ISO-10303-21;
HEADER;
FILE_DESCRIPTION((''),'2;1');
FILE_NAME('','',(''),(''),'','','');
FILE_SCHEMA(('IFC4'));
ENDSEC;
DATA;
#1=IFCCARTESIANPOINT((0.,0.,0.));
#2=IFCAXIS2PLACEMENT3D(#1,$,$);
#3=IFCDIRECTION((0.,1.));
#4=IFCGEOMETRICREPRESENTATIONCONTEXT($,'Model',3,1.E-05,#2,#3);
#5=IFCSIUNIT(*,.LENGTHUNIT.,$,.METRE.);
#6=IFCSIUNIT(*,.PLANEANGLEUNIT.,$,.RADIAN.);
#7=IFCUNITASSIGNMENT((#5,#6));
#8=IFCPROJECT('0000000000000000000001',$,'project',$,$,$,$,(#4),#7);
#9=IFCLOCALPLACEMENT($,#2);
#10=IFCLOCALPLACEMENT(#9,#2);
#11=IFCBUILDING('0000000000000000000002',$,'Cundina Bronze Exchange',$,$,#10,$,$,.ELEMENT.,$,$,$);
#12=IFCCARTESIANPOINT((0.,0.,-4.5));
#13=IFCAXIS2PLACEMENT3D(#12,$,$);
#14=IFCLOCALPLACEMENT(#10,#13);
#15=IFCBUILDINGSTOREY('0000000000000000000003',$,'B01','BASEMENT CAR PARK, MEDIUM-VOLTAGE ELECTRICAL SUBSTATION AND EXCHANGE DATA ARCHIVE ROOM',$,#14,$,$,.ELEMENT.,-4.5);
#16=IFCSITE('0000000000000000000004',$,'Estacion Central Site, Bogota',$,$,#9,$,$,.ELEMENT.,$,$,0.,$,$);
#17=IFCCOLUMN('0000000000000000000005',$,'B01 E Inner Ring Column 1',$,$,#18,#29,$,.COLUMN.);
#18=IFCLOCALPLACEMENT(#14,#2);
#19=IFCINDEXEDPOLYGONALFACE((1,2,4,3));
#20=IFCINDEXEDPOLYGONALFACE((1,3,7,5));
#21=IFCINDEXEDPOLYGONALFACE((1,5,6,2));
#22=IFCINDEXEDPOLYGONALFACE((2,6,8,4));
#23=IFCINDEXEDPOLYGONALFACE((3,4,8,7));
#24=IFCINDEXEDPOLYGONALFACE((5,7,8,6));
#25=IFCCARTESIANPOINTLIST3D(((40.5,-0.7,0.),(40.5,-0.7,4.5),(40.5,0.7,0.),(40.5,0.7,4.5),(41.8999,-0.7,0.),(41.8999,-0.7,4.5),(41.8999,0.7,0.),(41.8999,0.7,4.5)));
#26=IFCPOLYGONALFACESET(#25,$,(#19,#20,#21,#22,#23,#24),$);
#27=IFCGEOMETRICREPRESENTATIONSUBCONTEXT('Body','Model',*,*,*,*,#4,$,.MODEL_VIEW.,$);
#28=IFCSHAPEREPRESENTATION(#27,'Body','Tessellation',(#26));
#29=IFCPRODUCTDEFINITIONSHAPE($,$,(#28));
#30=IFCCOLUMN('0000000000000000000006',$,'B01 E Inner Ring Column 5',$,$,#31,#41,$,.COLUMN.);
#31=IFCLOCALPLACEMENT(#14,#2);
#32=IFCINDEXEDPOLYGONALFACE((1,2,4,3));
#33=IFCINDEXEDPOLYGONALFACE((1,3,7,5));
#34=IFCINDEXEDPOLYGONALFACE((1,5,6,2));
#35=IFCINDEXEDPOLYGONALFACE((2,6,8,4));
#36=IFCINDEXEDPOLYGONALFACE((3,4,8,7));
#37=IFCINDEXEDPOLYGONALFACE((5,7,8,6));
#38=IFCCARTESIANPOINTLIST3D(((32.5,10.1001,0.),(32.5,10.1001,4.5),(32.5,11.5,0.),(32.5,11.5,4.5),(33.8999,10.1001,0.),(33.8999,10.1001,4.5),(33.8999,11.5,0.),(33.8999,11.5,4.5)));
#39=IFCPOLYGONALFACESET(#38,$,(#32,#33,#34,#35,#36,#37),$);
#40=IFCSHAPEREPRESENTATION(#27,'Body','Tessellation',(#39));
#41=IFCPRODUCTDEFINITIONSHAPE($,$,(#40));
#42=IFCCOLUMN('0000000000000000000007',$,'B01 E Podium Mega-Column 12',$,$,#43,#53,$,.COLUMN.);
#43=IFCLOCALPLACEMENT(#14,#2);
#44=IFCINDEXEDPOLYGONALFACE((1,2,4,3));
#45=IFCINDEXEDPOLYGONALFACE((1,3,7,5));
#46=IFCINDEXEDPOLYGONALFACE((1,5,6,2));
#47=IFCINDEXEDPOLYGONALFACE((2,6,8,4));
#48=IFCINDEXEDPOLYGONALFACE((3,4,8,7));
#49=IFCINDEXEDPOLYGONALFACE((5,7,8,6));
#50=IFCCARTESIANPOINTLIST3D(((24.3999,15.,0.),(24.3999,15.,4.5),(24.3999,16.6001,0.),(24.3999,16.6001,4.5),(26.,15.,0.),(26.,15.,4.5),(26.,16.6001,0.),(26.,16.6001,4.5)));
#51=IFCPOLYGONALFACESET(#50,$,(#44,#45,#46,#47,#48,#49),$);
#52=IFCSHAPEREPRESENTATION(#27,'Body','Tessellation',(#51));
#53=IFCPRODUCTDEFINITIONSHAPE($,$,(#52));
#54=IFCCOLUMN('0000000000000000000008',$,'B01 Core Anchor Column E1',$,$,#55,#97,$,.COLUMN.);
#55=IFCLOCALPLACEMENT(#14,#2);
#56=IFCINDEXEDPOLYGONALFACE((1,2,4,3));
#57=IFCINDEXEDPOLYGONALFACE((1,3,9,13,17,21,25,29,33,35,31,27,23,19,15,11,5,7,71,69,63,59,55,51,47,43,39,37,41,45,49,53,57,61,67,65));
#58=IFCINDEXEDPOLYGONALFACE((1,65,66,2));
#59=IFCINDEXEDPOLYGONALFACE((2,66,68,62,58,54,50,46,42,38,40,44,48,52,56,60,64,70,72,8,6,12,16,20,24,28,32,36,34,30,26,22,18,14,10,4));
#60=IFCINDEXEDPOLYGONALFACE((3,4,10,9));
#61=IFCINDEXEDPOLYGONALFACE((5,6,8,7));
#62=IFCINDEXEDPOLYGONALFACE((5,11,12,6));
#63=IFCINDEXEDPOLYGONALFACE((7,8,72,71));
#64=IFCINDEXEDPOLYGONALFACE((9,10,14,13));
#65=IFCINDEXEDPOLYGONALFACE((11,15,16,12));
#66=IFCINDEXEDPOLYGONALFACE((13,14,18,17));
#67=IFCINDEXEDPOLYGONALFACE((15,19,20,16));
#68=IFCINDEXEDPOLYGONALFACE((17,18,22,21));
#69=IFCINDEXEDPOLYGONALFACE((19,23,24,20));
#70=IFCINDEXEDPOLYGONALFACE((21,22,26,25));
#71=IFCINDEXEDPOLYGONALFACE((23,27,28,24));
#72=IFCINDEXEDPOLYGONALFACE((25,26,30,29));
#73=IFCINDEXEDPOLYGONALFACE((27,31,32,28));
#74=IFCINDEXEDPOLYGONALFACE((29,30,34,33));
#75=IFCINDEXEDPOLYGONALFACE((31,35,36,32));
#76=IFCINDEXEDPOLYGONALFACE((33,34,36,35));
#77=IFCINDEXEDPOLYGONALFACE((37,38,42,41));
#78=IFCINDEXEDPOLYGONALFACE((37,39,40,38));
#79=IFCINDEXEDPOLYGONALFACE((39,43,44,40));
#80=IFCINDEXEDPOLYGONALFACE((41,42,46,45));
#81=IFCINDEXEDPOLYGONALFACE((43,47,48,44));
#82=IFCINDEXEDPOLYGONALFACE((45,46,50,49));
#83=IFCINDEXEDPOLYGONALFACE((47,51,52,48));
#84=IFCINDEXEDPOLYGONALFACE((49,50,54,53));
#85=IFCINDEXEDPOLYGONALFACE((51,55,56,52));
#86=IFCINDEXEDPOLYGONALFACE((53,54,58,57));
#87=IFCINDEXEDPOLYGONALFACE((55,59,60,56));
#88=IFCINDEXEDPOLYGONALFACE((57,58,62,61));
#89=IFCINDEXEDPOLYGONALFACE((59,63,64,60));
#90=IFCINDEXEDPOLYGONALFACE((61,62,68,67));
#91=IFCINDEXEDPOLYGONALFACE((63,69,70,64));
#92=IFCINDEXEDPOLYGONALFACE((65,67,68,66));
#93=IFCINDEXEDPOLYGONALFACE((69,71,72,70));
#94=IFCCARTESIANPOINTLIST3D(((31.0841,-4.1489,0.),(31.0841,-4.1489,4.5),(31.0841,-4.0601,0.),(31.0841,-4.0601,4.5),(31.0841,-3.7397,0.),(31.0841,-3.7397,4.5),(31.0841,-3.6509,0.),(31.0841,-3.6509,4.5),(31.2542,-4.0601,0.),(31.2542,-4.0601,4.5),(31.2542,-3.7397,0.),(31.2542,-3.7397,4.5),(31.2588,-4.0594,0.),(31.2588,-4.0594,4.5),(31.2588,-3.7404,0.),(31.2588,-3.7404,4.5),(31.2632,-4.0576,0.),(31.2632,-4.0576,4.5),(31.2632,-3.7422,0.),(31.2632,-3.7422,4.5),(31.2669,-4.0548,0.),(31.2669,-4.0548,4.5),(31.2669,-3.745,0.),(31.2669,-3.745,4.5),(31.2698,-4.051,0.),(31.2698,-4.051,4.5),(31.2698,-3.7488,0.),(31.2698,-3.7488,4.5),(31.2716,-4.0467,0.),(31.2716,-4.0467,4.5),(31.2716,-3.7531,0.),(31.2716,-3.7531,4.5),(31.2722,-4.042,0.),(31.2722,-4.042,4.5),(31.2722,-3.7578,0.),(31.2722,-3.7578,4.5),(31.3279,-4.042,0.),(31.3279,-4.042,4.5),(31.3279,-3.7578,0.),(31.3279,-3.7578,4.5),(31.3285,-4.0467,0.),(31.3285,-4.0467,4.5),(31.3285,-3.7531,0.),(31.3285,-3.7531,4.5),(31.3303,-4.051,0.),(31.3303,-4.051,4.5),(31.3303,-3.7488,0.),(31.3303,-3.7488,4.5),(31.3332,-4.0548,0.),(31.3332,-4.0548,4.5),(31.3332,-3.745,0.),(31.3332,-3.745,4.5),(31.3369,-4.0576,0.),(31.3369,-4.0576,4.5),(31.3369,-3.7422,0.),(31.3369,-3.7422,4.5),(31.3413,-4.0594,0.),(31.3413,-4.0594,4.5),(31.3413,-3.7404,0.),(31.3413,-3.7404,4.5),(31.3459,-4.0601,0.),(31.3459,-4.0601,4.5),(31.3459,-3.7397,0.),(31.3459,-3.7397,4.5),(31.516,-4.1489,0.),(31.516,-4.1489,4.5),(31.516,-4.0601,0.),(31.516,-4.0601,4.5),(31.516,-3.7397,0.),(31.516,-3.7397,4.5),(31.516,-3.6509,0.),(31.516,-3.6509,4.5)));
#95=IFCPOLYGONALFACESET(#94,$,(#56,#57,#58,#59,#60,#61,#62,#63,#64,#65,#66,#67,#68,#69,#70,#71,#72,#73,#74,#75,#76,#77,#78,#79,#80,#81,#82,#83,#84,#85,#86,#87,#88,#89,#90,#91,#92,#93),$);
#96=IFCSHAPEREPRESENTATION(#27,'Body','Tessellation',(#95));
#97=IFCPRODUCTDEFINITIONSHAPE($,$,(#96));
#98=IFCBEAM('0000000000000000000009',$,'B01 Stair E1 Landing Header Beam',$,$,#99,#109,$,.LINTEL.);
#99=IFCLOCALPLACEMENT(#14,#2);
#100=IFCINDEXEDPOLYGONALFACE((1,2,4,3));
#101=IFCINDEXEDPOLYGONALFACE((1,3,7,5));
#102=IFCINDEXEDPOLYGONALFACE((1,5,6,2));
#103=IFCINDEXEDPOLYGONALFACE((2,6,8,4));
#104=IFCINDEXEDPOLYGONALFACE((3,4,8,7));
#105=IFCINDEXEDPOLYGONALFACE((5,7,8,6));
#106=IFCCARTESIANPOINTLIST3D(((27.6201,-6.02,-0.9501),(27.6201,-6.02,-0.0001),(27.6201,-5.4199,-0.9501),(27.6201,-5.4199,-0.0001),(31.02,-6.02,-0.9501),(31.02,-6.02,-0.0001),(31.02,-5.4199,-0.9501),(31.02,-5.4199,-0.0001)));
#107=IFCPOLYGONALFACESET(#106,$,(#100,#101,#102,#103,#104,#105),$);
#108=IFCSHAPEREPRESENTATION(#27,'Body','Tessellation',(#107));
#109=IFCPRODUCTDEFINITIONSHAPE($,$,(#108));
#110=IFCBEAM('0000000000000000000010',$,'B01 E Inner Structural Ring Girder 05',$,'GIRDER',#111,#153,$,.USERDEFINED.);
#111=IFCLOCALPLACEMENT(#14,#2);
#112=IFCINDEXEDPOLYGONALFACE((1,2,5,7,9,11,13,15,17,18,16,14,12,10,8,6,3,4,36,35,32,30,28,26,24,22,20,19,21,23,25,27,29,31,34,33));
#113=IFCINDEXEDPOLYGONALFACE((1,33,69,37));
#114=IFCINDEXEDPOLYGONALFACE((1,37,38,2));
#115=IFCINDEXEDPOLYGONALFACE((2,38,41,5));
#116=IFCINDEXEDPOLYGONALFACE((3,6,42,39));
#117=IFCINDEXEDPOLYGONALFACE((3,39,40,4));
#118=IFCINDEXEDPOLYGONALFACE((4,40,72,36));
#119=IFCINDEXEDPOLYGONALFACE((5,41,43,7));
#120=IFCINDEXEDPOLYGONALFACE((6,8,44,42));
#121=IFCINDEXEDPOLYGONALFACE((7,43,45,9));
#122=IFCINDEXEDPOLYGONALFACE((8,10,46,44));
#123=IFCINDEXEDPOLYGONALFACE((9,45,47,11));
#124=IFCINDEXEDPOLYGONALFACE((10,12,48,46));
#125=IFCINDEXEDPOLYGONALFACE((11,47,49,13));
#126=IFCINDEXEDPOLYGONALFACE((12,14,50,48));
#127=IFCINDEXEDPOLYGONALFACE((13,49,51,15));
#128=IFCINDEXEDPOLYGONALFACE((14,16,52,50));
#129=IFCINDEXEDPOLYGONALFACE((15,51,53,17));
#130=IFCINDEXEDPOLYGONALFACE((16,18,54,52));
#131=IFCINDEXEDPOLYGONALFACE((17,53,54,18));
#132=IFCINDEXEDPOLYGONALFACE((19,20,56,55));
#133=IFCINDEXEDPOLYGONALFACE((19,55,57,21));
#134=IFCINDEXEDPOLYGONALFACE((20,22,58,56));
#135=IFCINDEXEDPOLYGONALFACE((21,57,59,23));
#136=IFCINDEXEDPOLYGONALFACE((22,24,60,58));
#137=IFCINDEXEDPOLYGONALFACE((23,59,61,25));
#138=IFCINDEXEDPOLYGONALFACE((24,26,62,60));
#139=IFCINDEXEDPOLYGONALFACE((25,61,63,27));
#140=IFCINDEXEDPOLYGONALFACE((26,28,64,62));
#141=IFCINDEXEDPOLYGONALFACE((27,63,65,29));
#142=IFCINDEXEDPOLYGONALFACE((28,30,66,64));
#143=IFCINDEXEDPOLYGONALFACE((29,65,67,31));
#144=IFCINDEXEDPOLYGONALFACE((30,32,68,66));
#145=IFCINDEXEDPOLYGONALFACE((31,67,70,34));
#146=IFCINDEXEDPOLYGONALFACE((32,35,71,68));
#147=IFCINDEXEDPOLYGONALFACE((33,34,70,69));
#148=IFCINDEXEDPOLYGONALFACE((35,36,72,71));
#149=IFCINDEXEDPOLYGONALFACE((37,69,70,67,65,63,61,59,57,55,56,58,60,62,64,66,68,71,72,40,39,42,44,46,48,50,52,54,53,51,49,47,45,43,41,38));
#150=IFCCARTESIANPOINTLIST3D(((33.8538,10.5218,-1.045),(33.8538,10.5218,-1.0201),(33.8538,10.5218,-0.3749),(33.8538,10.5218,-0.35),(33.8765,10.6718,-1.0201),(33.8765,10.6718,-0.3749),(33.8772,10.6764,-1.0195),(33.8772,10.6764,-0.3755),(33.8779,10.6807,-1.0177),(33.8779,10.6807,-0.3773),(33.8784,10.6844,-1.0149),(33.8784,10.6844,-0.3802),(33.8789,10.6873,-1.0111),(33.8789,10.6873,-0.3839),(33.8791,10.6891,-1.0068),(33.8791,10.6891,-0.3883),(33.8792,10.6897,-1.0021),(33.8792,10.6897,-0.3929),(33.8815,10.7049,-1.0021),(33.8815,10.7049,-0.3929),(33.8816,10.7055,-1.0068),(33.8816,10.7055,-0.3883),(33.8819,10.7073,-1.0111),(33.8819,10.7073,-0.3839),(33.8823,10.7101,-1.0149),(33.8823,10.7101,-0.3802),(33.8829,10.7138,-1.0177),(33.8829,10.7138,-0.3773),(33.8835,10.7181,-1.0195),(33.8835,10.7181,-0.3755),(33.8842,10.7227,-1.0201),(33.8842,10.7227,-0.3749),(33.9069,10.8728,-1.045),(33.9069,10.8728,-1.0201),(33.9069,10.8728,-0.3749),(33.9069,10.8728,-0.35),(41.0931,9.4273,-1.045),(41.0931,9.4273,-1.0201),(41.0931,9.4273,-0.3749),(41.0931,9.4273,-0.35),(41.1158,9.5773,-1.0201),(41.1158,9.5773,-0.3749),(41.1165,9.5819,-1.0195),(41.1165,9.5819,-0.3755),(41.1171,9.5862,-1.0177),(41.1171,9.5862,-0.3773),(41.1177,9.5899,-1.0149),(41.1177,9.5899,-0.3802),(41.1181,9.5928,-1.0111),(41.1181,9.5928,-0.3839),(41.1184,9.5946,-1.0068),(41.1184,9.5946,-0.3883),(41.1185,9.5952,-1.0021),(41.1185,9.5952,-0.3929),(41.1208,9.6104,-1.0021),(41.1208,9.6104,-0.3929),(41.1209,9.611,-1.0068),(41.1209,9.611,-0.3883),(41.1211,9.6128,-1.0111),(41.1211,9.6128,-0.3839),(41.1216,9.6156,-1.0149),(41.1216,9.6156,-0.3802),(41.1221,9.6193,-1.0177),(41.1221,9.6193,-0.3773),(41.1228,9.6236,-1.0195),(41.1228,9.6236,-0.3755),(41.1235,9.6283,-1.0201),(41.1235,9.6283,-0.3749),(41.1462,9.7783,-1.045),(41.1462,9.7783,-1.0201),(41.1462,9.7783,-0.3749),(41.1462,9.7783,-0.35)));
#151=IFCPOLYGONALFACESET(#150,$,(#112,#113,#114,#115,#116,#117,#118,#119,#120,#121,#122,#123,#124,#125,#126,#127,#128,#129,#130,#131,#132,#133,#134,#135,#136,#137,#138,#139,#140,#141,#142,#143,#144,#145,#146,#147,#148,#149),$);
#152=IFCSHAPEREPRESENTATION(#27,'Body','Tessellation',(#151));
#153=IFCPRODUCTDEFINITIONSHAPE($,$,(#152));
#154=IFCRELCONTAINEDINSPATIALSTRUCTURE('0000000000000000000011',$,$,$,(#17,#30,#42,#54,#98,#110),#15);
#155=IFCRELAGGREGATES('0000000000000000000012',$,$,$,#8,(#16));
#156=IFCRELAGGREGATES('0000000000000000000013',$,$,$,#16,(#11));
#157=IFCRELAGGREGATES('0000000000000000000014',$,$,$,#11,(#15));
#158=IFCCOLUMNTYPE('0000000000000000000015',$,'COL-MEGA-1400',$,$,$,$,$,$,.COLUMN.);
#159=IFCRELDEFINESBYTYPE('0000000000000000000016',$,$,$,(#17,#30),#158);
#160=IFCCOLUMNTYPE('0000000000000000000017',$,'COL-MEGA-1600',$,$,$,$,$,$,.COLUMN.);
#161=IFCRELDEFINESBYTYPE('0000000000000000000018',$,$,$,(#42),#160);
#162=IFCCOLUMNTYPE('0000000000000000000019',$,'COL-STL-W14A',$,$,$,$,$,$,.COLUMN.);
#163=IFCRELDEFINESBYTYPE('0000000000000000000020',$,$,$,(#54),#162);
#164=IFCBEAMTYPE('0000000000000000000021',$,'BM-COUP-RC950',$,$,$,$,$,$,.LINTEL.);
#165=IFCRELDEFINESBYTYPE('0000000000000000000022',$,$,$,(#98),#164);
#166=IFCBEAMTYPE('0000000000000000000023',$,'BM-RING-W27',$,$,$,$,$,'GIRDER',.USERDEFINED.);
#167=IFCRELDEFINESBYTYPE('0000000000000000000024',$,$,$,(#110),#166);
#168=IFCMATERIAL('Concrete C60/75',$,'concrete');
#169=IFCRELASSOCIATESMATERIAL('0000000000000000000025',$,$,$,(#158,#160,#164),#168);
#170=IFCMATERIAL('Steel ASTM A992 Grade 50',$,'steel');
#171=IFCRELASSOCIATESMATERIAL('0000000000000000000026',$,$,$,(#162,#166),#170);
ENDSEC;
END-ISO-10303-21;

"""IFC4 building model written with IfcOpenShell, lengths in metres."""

from ifc_helpers import new_model, si_unit, direction, frame, origin, origin_2d, place, context, subcontext, project, spatial, rectangle, i_section, extrude, material, material_profile, profile_set, type_object, element, save


model = new_model("IFC4")

# Units and contexts
model_context = context("Model", 3, precision=1e-05, world=origin(), true_north=direction((0.0, 1.0)))
body_context = subcontext(model_context, "Body", "Model", "MODEL_VIEW")
ifc_project = project(units=[si_unit("LENGTHUNIT", "METRE"), si_unit("PLANEANGLEUNIT", "RADIAN")], contexts=[model_context])

# Site, building, storey
site_placement = place(None, origin())
site = spatial("IfcSite", under=ifc_project, at=site_placement, Name="Estacion Central Site, Bogota", CompositionType="ELEMENT", RefElevation=0.0)
building_placement = place(site_placement, origin())
building = spatial("IfcBuilding", under=site, at=building_placement, Name="Cundina Bronze Exchange", CompositionType="ELEMENT")
storey_placement = place(building_placement, frame((0.0, 0.0, -4.5)))
storey = spatial("IfcBuildingStorey", under=building, at=storey_placement, Name="B01", Description="BASEMENT CAR PARK, MEDIUM-VOLTAGE ELECTRICAL SUBSTATION AND EXCHANGE DATA ARCHIVE ROOM", CompositionType="ELEMENT", Elevation=-4.5)

# Columns
ifc_material_1 = material(Name="Concrete C60/75", Category="concrete")
ifc_material_profile_1 = material_profile(ifc_material_1, rectangle(XDim=1.3999, YDim=1.3999, at=origin_2d()), Name="RC1400X1400", Category="concrete")
ifc_profile_set_1 = profile_set([ifc_material_profile_1], Name="Concrete C60/75")
column_type_1 = type_object("IfcColumnType", Name="COL-MEGA-1400", PredefinedType="COLUMN", material=ifc_profile_set_1)
for number, where, z_axis, x_axis, name in (
    (1, (41.2, 0.0, 0.0), (0.0, 0.0, 1.0), (1.0, 0.0, 0.0), "B01 E Inner Ring Column 1"),
    (2, (33.2, 10.8, 0.0), (0.0, 0.0, 1.0), (1.0, 0.0, 0.0), "B01 E Inner Ring Column 5"),
):
    element("IfcColumn", number, at=place(storey_placement, frame(where, z_axis=z_axis, x_axis=x_axis)), inside=storey, type_object=column_type_1, Name=name, PredefinedType="COLUMN", context=body_context, shape_type="SweptSolid", body=[
        extrude(rectangle(XDim=1.3999, YDim=1.3999, at=origin_2d()), origin(), (0.0, 0.0, 1.0), 4.5),
    ])
ifc_material_profile_2 = material_profile(ifc_material_1, rectangle(XDim=1.6001, YDim=1.6001, at=origin_2d()), Name="RC1600X1600", Category="concrete")
ifc_profile_set_2 = profile_set([ifc_material_profile_2], Name="Concrete C60/75")
column_type_2 = type_object("IfcColumnType", Name="COL-MEGA-1600", PredefinedType="COLUMN", material=ifc_profile_set_2)
column_1_placement = place(storey_placement, frame((25.2, 15.8, 0.0), z_axis=(0.0, 0.0, 1.0), x_axis=(1.0, 0.0, 0.0)))
element("IfcColumn", 3, at=column_1_placement, inside=storey, type_object=column_type_2, Name="B01 E Podium Mega-Column 12", PredefinedType="COLUMN", context=body_context, shape_type="SweptSolid", body=[
    extrude(rectangle(XDim=1.6001, YDim=1.6001, at=origin_2d()), origin(), (0.0, 0.0, 1.0), 4.5),
])
ifc_material_2 = material(Name="Steel ASTM A992 Grade 50", Category="steel")
ifc_material_profile_3 = material_profile(ifc_material_2, i_section(OverallWidth=0.4319, OverallDepth=0.498, WebThickness=0.0557, FlangeThickness=0.0889, FilletRadius=0.0181, at=origin_2d()), Name="W14X500", Category="steel")
ifc_profile_set_3 = profile_set([ifc_material_profile_3], Name="Steel ASTM A992 Grade 50")
column_type_3 = type_object("IfcColumnType", Name="COL-STL-W14A", PredefinedType="COLUMN", material=ifc_profile_set_3)
column_2_placement = place(storey_placement, frame((31.3, -3.8999, 0.0), z_axis=(0.0, 0.0, 1.0), x_axis=(1.0, 0.0, 0.0)))
element("IfcColumn", 4, at=column_2_placement, inside=storey, type_object=column_type_3, Name="B01 Core Anchor Column E1", PredefinedType="COLUMN", context=body_context, shape_type="SweptSolid", body=[
    extrude(i_section(OverallWidth=0.4319, OverallDepth=0.498, WebThickness=0.0557, FlangeThickness=0.0889, FilletRadius=0.0181, at=origin_2d()), origin(), (0.0, 0.0, 1.0), 4.5),
])

# Beams
ifc_material_profile_4 = material_profile(ifc_material_1, rectangle(XDim=0.6001, YDim=0.95, at=origin_2d()), Name="RC600X950", Category="concrete")
ifc_profile_set_4 = profile_set([ifc_material_profile_4], Name="Concrete C60/75")
beam_type_1 = type_object("IfcBeamType", Name="BM-COUP-RC950", PredefinedType="LINTEL", material=ifc_profile_set_4)
beam_1_placement = place(storey_placement, frame((27.6201, -5.72, -0.4751), z_axis=(1.0, 0.0, 0.0), x_axis=(0.0, 1.0, 0.0)))
element("IfcBeam", 5, at=beam_1_placement, inside=storey, type_object=beam_type_1, Name="B01 Stair E1 Landing Header Beam", PredefinedType="LINTEL", context=body_context, shape_type="SweptSolid", body=[
    extrude(rectangle(XDim=0.6001, YDim=0.95, at=origin_2d()), origin(), (0.0, 0.0, 1.0), 3.3999),
])
ifc_material_profile_5 = material_profile(ifc_material_2, i_section(OverallWidth=0.355, OverallDepth=0.6951, WebThickness=0.0154, FlangeThickness=0.0249, FilletRadius=0.0181, at=origin_2d()), Name="W27X146", Category="steel")
ifc_profile_set_5 = profile_set([ifc_material_profile_5], Name="Steel ASTM A992 Grade 50")
beam_type_2 = type_object("IfcBeamType", Name="BM-RING-W27", ElementType="GIRDER", PredefinedType="USERDEFINED", material=ifc_profile_set_5)
beam_2_placement = place(storey_placement, frame((41.1196, 9.6028, -0.6975), z_axis=(-0.988763, 0.149488, 0.0), x_axis=(-0.149488, -0.988763, 0.0)))
element("IfcBeam", 6, at=beam_2_placement, inside=storey, type_object=beam_type_2, Name="B01 E Inner Structural Ring Girder 05", ObjectType="GIRDER", PredefinedType="USERDEFINED", context=body_context, shape_type="SweptSolid", body=[
    extrude(i_section(OverallWidth=0.355, OverallDepth=0.6951, WebThickness=0.0154, FlangeThickness=0.0249, FilletRadius=0.0181, at=origin_2d()), origin(), (0.0, 0.0, 1.0), 7.3215),
])

save(model, "model.ifc")
